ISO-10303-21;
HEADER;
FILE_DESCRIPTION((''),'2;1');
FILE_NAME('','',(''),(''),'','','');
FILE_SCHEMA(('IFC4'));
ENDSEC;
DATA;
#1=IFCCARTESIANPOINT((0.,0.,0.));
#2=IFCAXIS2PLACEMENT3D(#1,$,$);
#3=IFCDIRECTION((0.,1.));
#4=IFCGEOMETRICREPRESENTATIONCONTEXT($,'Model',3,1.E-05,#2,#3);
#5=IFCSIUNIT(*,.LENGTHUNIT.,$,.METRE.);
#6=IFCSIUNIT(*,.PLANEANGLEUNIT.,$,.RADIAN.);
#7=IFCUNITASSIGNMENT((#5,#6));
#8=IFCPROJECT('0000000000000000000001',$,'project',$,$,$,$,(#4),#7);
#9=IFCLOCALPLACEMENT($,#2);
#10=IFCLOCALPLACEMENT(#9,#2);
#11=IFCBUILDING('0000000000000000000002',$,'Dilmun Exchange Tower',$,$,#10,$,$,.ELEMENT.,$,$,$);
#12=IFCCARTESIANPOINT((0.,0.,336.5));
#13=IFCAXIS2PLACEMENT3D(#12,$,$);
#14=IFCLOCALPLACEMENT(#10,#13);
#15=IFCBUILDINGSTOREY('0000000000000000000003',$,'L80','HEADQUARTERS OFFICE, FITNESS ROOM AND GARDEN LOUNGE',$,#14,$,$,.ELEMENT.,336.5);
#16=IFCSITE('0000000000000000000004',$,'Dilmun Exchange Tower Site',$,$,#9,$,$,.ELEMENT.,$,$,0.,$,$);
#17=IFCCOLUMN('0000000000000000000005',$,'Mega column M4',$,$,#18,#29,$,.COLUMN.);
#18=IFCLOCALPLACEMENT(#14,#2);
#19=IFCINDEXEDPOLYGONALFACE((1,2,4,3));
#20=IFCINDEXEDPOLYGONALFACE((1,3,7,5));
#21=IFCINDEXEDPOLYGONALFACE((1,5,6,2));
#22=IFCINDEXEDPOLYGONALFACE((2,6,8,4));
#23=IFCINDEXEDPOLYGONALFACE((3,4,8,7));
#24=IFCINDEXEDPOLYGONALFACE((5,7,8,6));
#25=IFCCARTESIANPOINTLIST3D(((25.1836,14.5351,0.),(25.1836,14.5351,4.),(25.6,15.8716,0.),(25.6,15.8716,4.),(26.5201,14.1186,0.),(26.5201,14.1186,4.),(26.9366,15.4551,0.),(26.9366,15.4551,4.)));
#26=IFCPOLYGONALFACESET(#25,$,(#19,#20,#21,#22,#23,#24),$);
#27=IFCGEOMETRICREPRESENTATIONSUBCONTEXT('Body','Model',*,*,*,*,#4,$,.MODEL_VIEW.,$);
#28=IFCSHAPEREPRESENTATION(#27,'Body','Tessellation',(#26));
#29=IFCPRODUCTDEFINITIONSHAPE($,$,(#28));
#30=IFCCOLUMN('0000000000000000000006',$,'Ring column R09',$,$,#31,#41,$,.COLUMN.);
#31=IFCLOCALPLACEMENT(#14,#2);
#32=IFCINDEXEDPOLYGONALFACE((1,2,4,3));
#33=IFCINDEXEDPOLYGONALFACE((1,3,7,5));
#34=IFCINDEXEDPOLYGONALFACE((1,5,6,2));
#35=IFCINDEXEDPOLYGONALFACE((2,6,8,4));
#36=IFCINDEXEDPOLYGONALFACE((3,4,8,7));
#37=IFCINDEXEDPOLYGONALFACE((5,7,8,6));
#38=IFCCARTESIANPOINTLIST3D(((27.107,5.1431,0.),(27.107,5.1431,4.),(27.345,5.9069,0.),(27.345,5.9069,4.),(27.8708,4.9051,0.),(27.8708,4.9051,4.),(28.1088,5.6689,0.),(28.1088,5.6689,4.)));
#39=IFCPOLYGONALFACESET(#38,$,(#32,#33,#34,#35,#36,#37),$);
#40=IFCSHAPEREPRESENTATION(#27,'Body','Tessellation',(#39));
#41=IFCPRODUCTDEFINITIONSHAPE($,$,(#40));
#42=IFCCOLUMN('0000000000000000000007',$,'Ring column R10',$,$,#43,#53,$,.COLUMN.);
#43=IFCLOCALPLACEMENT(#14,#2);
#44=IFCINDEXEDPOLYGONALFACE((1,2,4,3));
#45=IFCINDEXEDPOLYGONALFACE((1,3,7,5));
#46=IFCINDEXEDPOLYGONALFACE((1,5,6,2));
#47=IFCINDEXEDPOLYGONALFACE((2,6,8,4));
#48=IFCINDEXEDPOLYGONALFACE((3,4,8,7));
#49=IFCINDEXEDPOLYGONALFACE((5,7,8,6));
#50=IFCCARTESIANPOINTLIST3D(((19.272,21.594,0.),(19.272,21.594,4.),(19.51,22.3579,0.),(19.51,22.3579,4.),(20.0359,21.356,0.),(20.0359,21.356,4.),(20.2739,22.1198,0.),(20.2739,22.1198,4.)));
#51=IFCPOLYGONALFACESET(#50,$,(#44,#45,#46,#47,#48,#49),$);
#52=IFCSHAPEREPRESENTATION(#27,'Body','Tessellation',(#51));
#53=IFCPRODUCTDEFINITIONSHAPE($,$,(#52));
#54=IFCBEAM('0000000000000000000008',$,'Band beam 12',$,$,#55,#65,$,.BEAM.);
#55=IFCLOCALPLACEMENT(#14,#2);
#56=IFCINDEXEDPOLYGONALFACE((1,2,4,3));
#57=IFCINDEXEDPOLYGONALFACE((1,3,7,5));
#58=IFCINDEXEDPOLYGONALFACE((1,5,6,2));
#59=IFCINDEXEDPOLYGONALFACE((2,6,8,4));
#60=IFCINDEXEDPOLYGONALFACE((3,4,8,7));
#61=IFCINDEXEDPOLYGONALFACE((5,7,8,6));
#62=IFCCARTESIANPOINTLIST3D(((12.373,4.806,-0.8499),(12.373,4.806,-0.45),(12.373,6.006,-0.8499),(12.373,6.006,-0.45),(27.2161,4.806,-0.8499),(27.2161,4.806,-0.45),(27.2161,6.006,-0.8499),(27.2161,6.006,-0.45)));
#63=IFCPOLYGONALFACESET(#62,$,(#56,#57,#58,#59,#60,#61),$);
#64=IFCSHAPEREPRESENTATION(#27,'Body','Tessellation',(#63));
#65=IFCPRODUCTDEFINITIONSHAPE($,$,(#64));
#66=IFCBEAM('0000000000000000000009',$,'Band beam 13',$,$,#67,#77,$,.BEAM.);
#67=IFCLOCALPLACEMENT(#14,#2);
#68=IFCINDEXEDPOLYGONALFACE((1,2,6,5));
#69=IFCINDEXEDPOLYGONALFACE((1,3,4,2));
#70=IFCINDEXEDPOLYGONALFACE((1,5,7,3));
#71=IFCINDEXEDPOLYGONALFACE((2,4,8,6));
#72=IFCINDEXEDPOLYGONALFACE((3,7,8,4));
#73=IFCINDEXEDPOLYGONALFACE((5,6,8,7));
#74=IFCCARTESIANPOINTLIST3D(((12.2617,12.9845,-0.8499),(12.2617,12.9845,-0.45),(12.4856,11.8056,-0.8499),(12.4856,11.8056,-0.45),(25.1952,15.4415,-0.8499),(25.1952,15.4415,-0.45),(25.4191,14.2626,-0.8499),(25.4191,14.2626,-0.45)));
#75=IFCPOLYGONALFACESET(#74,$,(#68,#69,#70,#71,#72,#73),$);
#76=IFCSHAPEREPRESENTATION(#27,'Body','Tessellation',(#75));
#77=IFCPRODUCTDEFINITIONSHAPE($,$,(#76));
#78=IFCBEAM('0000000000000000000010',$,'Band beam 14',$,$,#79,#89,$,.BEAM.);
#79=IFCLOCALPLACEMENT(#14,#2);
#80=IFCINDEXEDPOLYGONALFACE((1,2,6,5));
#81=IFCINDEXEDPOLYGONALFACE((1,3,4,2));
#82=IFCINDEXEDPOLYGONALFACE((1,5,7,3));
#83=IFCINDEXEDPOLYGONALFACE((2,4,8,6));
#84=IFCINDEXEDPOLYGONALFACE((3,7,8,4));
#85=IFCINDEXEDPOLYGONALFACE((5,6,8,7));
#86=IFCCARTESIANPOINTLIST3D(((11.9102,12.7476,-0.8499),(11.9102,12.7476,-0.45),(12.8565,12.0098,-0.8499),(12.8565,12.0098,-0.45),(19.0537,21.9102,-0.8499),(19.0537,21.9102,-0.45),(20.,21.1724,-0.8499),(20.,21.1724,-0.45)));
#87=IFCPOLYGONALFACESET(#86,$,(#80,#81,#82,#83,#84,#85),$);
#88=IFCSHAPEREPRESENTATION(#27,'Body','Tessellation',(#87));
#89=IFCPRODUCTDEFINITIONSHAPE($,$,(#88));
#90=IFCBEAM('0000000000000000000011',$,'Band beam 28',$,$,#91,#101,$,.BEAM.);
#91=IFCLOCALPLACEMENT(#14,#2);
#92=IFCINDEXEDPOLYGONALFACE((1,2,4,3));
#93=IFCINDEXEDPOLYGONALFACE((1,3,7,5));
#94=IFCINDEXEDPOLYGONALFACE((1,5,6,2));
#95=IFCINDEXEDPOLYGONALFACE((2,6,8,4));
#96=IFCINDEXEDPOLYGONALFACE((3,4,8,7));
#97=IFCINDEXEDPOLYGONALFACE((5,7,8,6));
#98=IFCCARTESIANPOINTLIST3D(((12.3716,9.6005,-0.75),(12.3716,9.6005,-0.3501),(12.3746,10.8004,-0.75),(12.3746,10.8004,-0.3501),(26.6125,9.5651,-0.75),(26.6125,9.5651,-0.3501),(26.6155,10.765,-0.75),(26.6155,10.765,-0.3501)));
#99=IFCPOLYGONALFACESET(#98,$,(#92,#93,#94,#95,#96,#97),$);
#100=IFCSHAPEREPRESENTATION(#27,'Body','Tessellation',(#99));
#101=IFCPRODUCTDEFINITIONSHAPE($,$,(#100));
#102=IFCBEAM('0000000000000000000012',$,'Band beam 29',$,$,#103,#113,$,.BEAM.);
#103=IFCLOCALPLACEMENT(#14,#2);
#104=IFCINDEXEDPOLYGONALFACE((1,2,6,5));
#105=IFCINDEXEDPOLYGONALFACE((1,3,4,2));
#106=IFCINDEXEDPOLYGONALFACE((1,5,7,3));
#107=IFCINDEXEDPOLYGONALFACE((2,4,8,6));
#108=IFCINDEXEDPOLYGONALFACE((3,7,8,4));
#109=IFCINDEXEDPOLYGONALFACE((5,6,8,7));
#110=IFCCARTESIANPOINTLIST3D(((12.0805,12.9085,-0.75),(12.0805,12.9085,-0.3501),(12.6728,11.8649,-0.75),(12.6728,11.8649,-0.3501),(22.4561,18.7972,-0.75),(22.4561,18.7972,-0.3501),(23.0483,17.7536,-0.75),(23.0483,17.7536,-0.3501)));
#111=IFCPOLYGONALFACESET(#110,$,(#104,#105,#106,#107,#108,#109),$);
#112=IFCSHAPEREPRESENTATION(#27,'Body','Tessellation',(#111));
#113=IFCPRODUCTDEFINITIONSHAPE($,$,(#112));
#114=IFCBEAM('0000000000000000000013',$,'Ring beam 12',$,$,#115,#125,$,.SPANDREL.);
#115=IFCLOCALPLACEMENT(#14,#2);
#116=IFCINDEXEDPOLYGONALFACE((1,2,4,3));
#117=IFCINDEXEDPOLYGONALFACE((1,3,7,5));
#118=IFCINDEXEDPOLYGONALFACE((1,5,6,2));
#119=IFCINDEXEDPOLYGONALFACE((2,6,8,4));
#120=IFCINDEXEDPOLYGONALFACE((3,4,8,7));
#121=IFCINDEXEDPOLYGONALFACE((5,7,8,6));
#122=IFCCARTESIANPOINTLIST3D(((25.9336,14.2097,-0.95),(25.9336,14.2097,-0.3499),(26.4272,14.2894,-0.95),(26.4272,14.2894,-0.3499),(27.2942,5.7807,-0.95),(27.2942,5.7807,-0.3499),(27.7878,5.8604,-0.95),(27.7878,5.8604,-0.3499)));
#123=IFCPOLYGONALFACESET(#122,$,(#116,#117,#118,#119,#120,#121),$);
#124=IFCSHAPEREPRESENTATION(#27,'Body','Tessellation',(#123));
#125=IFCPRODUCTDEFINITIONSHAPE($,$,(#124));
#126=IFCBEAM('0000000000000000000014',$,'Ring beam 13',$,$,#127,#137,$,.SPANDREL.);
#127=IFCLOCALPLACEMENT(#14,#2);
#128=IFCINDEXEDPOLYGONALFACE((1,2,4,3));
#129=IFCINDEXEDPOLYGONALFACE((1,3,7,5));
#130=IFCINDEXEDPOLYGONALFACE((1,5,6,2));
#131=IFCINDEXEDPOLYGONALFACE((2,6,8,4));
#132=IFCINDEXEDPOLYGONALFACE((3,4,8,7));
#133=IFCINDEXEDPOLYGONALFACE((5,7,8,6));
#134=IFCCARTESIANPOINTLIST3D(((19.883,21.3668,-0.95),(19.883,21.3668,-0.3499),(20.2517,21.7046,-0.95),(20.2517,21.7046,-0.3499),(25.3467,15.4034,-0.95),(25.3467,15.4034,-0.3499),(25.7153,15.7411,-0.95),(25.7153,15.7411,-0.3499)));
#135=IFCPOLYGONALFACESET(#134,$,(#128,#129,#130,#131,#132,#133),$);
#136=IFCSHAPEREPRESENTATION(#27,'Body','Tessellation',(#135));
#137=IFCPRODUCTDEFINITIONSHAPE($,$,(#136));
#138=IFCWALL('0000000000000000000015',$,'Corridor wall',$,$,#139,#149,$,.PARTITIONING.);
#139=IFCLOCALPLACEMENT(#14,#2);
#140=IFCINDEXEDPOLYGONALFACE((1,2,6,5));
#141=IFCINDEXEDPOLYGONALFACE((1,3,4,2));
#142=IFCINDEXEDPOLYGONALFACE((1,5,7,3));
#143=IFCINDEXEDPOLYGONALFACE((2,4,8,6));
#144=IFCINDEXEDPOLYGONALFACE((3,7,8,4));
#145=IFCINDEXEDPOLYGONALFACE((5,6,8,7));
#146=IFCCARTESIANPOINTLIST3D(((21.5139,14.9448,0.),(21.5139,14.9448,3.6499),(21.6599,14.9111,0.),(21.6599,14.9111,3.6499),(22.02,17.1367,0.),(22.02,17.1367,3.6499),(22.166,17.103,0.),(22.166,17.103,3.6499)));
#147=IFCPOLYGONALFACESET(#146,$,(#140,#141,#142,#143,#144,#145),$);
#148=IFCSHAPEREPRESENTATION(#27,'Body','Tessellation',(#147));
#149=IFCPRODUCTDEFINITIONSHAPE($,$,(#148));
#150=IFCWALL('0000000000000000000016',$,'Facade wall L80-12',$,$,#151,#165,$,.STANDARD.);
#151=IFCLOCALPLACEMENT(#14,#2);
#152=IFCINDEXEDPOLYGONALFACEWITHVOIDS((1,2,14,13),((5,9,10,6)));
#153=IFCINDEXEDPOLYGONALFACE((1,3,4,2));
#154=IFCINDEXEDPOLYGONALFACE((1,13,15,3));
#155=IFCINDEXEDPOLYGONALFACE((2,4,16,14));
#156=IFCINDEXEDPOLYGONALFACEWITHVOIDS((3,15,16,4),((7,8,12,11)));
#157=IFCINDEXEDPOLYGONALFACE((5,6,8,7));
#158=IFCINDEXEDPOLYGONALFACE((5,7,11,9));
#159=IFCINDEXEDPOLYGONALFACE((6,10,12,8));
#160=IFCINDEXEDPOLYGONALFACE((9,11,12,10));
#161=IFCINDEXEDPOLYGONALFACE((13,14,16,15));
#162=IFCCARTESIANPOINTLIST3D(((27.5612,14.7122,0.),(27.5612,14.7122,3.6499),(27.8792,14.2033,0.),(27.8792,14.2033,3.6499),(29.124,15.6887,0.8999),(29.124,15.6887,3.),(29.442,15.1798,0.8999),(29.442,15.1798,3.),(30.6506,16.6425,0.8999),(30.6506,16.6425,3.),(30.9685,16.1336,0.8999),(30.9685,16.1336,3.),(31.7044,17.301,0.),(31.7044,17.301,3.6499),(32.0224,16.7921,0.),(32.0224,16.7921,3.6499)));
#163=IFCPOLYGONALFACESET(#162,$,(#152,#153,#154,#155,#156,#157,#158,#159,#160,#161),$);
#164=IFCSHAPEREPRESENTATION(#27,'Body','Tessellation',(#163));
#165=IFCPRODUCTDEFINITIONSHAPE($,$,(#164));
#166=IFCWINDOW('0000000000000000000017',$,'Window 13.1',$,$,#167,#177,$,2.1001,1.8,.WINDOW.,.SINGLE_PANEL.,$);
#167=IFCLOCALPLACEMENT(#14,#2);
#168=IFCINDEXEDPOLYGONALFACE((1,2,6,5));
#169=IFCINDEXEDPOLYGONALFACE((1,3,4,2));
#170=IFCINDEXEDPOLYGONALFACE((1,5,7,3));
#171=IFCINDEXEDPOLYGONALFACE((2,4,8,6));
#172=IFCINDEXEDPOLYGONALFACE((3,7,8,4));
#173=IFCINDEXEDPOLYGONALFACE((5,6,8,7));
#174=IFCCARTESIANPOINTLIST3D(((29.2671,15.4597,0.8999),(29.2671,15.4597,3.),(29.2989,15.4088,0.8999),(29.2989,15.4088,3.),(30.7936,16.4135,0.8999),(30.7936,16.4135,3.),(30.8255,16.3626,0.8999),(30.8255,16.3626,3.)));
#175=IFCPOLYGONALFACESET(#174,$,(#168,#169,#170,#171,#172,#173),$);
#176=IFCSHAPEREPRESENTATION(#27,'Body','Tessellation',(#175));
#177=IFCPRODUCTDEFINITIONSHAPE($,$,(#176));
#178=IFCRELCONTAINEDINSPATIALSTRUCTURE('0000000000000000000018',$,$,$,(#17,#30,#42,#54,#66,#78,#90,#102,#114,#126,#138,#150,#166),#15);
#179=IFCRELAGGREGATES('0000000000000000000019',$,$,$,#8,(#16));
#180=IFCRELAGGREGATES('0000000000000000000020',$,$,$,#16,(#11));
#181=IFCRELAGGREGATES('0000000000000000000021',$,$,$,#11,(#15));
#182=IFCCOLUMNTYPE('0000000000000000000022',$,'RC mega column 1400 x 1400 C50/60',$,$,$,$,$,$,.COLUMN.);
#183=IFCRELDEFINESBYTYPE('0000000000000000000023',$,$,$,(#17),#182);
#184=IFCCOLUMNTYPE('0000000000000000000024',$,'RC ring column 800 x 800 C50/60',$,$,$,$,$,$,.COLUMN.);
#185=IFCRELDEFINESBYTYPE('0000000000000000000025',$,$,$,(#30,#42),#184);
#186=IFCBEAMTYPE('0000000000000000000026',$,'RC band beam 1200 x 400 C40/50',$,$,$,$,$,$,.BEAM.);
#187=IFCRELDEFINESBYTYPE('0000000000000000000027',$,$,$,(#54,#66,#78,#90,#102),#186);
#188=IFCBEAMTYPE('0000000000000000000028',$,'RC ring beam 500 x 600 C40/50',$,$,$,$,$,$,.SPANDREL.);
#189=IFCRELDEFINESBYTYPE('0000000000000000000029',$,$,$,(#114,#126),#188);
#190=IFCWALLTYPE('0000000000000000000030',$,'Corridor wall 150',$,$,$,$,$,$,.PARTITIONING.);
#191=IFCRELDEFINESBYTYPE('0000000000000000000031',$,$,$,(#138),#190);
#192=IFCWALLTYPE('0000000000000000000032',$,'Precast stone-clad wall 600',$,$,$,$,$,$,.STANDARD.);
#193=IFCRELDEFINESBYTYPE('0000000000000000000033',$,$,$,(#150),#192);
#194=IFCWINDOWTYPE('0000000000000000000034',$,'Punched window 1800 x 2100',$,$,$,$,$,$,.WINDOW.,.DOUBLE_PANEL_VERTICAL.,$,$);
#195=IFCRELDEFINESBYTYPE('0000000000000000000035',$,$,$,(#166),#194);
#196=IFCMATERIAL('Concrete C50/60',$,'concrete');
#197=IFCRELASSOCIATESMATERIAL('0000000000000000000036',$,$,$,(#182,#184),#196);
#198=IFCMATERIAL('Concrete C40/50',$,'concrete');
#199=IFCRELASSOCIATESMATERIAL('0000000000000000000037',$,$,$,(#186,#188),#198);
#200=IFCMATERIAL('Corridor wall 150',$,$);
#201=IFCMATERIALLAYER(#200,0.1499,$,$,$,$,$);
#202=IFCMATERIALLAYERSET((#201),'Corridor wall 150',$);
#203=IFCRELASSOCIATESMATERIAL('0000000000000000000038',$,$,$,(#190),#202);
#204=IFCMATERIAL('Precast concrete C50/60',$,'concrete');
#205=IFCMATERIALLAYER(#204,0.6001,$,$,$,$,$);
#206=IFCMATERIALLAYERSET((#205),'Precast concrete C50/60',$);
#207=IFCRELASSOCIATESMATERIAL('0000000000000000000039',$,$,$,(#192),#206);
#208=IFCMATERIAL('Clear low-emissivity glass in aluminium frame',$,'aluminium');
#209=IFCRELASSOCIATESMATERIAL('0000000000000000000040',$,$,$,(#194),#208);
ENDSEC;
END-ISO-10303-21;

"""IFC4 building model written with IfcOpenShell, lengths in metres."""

from ifc_helpers import new_model, si_unit, direction, frame, frame_2d, origin, origin_2d, place, context, subcontext, project, spatial, rectangle, extrude, material, layer, layer_set, material_profile, profile_set, type_object, element, fill, save


model = new_model("IFC4")

# Units and contexts
model_context = context("Model", 3, precision=1e-05, world=origin(), true_north=direction((0.0, 1.0)))
body_context = subcontext(model_context, "Body", "Model", "MODEL_VIEW")
ifc_project = project(units=[si_unit("LENGTHUNIT", "METRE"), si_unit("PLANEANGLEUNIT", "RADIAN")], contexts=[model_context])

# Site, building, storey
site_placement = place(None, origin())
site = spatial("IfcSite", under=ifc_project, at=site_placement, Name="Dilmun Exchange Tower Site", CompositionType="ELEMENT", RefElevation=0.0)
building_placement = place(site_placement, origin())
building = spatial("IfcBuilding", under=site, at=building_placement, Name="Dilmun Exchange Tower", CompositionType="ELEMENT")
storey_placement = place(building_placement, frame((0.0, 0.0, 336.5)))
storey = spatial("IfcBuildingStorey", under=building, at=storey_placement, Name="L80", Description="HEADQUARTERS OFFICE, FITNESS ROOM AND GARDEN LOUNGE", CompositionType="ELEMENT", Elevation=336.5)

# Columns
ifc_material_1 = material(Name="Concrete C50/60", Category="concrete")
ifc_material_profile_1 = material_profile(ifc_material_1, rectangle(XDim=1.3999, YDim=1.3999, at=origin_2d()), Name="1400 x 1400")
ifc_profile_set_1 = profile_set([ifc_material_profile_1], Name="Concrete C50/60")
column_type_1 = type_object("IfcColumnType", Name="RC mega column 1400 x 1400 C50/60", PredefinedType="COLUMN", material=ifc_profile_set_1)
column_placement = place(storey_placement, frame((26.0601, 14.9951, 0.0), z_axis=(0.0, 0.0, 1.0), x_axis=(0.297503, 0.954721, 0.0)))
element("IfcColumn", 1, at=column_placement, inside=storey, type_object=column_type_1, Name="Mega column M4", PredefinedType="COLUMN", context=body_context, shape_type="SweptSolid", body=[
    extrude(rectangle(XDim=1.3999, YDim=1.3999, at=origin_2d()), origin(), (0.0, 0.0, 1.0), 4.0),
])
ifc_material_profile_2 = material_profile(ifc_material_1, rectangle(XDim=0.8, YDim=0.8, at=origin_2d()), Name="800 x 800")
ifc_profile_set_2 = profile_set([ifc_material_profile_2], Name="Concrete C50/60")
column_type_2 = type_object("IfcColumnType", Name="RC ring column 800 x 800 C50/60", PredefinedType="COLUMN", material=ifc_profile_set_2)
for number, where, z_axis, x_axis, name in (
    (2, (27.6079, 5.406, 0.0), (0.0, 0.0, 1.0), (0.297503, 0.954721, 0.0), "Ring column R09"),
    (3, (19.7729, 21.8569, 0.0), (0.0, 0.0, 1.0), (0.297503, 0.954721, 0.0), "Ring column R10"),
):
    element("IfcColumn", number, at=place(storey_placement, frame(where, z_axis=z_axis, x_axis=x_axis)), inside=storey, type_object=column_type_2, Name=name, PredefinedType="COLUMN", context=body_context, shape_type="SweptSolid", body=[
        extrude(rectangle(XDim=0.8, YDim=0.8, at=origin_2d()), origin(), (0.0, 0.0, 1.0), 4.0),
    ])

# Beams
ifc_material_2 = material(Name="Concrete C40/50", Category="concrete")
ifc_material_profile_3 = material_profile(ifc_material_2, rectangle(XDim=1.2, YDim=0.3999, at=origin_2d()), Name="1200 x 400")
ifc_profile_set_3 = profile_set([ifc_material_profile_3], Name="Concrete C40/50")
beam_type_1 = type_object("IfcBeamType", Name="RC band beam 1200 x 400 C40/50", PredefinedType="BEAM", material=ifc_profile_set_3)
beam_1_placement = place(storey_placement, frame((27.2161, 5.406, -0.6499), z_axis=(-1.0, 0.0, 0.0), x_axis=(0.0, -1.0, 0.0)))
element("IfcBeam", 4, at=beam_1_placement, inside=storey, type_object=beam_type_1, Name="Band beam 12", PredefinedType="BEAM", context=body_context, shape_type="SweptSolid", body=[
    extrude(rectangle(XDim=1.2, YDim=0.3999, at=origin_2d()), origin(), (0.0, 0.0, 1.0), 14.843),
])
beam_2_placement = place(storey_placement, frame((25.3071, 14.8521, -0.6499), z_axis=(-0.982429, -0.186635, 0.0), x_axis=(0.186635, -0.982429, 0.0)))
element("IfcBeam", 5, at=beam_2_placement, inside=storey, type_object=beam_type_1, Name="Band beam 13", PredefinedType="BEAM", context=body_context, shape_type="SweptSolid", body=[
    extrude(rectangle(XDim=1.2, YDim=0.3999, at=origin_2d()), origin(), (0.0, 0.0, 1.0), 13.1648),
])
beam_3_placement = place(storey_placement, frame((19.5269, 21.5413, -0.6499), z_axis=(-0.614857, -0.788639, 0.0), x_axis=(0.788639, -0.614857, 0.0)))
element("IfcBeam", 6, at=beam_3_placement, inside=storey, type_object=beam_type_1, Name="Band beam 14", PredefinedType="BEAM", context=body_context, shape_type="SweptSolid", body=[
    extrude(rectangle(XDim=1.2, YDim=0.3999, at=origin_2d()), origin(), (0.0, 0.0, 1.0), 11.6182),
])
beam_4_placement = place(storey_placement, frame((26.614, 10.165, -0.55), z_axis=(-0.999997, 0.002486, 0.0), x_axis=(-0.002486, -0.999997, 0.0)))
element("IfcBeam", 7, at=beam_4_placement, inside=storey, type_object=beam_type_1, Name="Band beam 28", PredefinedType="BEAM", context=body_context, shape_type="SweptSolid", body=[
    extrude(rectangle(XDim=1.2, YDim=0.3999, at=origin_2d()), origin(), (0.0, 0.0, 1.0), 14.241),
])
beam_5_placement = place(storey_placement, frame((22.7522, 18.2754, -0.55), z_axis=(-0.86969, -0.493598, 0.0), x_axis=(0.493598, -0.86969, 0.0)))
element("IfcBeam", 8, at=beam_5_placement, inside=storey, type_object=beam_type_1, Name="Band beam 29", PredefinedType="BEAM", context=body_context, shape_type="SweptSolid", body=[
    extrude(rectangle(XDim=1.2, YDim=0.3999, at=origin_2d()), origin(), (0.0, 0.0, 1.0), 11.9302),
])
ifc_material_profile_4 = material_profile(ifc_material_2, rectangle(XDim=0.5, YDim=0.6001, at=origin_2d()), Name="500 x 600")
ifc_profile_set_4 = profile_set([ifc_material_profile_4], Name="Concrete C40/50")
beam_type_2 = type_object("IfcBeamType", Name="RC ring beam 500 x 600 C40/50", PredefinedType="SPANDREL", material=ifc_profile_set_4)
beam_6_placement = place(storey_placement, frame((27.541, 5.8206, -0.6499), z_axis=(-0.159357, 0.987221, 0.0), x_axis=(-0.987221, -0.159357, 0.0)))
element("IfcBeam", 9, at=beam_6_placement, inside=storey, type_object=beam_type_2, Name="Ring beam 12", PredefinedType="SPANDREL", context=body_context, shape_type="SweptSolid", body=[
    extrude(rectangle(XDim=0.5, YDim=0.6001, at=origin_2d()), origin(), (0.0, 0.0, 1.0), 8.5381),
])
beam_7_placement = place(storey_placement, frame((25.531, 15.5723, -0.6499), z_axis=(-0.675536, 0.737327, 0.0), x_axis=(-0.737327, -0.675536, 0.0)))
element("IfcBeam", 10, at=beam_7_placement, inside=storey, type_object=beam_type_2, Name="Ring beam 13", PredefinedType="SPANDREL", context=body_context, shape_type="SweptSolid", body=[
    extrude(rectangle(XDim=0.5, YDim=0.6001, at=origin_2d()), origin(), (0.0, 0.0, 1.0), 8.0879),
])

# Wall
ifc_material_3 = material(Name="Corridor wall 150")
ifc_layer_1 = layer(ifc_material_3, 0.1499)
ifc_layer_set_1 = layer_set([ifc_layer_1], Name="Corridor wall 150")
wall_type_1 = type_object("IfcWallType", Name="Corridor wall 150", PredefinedType="PARTITIONING", material=ifc_layer_set_1)
wall_1_placement = place(storey_placement, frame((21.5869, 14.928, 0.0), z_axis=(0.0, 0.0, 1.0), x_axis=(0.224978, 0.974364, 0.0)))
element("IfcWall", 11, at=wall_1_placement, inside=storey, type_object=wall_type_1, Name="Corridor wall", PredefinedType="PARTITIONING", context=body_context, shape_type="SweptSolid", body=[
    extrude(rectangle(XDim=2.2495, YDim=0.1499, at=frame_2d((1.1248, 0.0))), origin(), (0.0, 0.0, 1.0), 3.6499),
])

# Wall, opening, window
ifc_material_4 = material(Name="Precast concrete C50/60", Category="concrete")
ifc_layer_2 = layer(ifc_material_4, 0.6001)
ifc_layer_set_2 = layer_set([ifc_layer_2], Name="Precast concrete C50/60")
wall_type_2 = type_object("IfcWallType", Name="Precast stone-clad wall 600", PredefinedType="STANDARD", material=ifc_layer_set_2)
wall_2_placement = place(storey_placement, frame((31.8635, 17.0466, 0.0), z_axis=(0.0, 0.0, 1.0), x_axis=(-0.848063, -0.529896, 0.0)))
wall_2 = element("IfcWall", 12, at=wall_2_placement, inside=storey, type_object=wall_type_2, Name="Facade wall L80-12", PredefinedType="STANDARD", context=body_context, shape_type="SweptSolid", body=[
    extrude(rectangle(XDim=4.8855, YDim=0.6001, at=frame_2d((2.4429, 0.0))), origin(), (0.0, 0.0, 1.0), 3.6499),
])
opening_1_placement = place(wall_2_placement, frame((1.2429, 0.0, 0.8999)))
opening_1 = element("IfcOpeningElement", 13, at=opening_1_placement, cuts=wall_2, PredefinedType="OPENING", context=body_context, shape_type="SweptSolid", body=[
    extrude(rectangle(XDim=1.8, YDim=2.1001, at=frame_2d((0.8999, 1.05))), frame((0.0, 0.3101, 0.0), z_axis=(0.0, -1.0, 0.0), x_axis=(1.0, 0.0, 0.0)), (0.0, 0.0, 1.0), 0.6201),
])
ifc_material_5 = material(Name="Clear low-emissivity glass in aluminium frame", Category="aluminium")
window_type_1 = type_object("IfcWindowType", Name="Punched window 1800 x 2100", PartitioningType="DOUBLE_PANEL_VERTICAL", PredefinedType="WINDOW", material=ifc_material_5)
window_1_placement = place(opening_1_placement, origin())
window_1 = element("IfcWindow", 14, at=window_1_placement, inside=storey, type_object=window_type_1, Name="Window 13.1", OverallHeight=2.1001, OverallWidth=1.8, PartitioningType="SINGLE_PANEL", PredefinedType="WINDOW", context=body_context, shape_type="SweptSolid", body=[
    extrude(rectangle(XDim=1.8, YDim=2.1001, at=frame_2d((0.8999, 1.05))), frame((0.0, 0.03, 0.0), z_axis=(0.0, -1.0, 0.0), x_axis=(1.0, 0.0, 0.0)), (0.0, 0.0, 1.0), 0.0601),
])
fill(opening_1, window_1)

save(model, "model.ifc")
